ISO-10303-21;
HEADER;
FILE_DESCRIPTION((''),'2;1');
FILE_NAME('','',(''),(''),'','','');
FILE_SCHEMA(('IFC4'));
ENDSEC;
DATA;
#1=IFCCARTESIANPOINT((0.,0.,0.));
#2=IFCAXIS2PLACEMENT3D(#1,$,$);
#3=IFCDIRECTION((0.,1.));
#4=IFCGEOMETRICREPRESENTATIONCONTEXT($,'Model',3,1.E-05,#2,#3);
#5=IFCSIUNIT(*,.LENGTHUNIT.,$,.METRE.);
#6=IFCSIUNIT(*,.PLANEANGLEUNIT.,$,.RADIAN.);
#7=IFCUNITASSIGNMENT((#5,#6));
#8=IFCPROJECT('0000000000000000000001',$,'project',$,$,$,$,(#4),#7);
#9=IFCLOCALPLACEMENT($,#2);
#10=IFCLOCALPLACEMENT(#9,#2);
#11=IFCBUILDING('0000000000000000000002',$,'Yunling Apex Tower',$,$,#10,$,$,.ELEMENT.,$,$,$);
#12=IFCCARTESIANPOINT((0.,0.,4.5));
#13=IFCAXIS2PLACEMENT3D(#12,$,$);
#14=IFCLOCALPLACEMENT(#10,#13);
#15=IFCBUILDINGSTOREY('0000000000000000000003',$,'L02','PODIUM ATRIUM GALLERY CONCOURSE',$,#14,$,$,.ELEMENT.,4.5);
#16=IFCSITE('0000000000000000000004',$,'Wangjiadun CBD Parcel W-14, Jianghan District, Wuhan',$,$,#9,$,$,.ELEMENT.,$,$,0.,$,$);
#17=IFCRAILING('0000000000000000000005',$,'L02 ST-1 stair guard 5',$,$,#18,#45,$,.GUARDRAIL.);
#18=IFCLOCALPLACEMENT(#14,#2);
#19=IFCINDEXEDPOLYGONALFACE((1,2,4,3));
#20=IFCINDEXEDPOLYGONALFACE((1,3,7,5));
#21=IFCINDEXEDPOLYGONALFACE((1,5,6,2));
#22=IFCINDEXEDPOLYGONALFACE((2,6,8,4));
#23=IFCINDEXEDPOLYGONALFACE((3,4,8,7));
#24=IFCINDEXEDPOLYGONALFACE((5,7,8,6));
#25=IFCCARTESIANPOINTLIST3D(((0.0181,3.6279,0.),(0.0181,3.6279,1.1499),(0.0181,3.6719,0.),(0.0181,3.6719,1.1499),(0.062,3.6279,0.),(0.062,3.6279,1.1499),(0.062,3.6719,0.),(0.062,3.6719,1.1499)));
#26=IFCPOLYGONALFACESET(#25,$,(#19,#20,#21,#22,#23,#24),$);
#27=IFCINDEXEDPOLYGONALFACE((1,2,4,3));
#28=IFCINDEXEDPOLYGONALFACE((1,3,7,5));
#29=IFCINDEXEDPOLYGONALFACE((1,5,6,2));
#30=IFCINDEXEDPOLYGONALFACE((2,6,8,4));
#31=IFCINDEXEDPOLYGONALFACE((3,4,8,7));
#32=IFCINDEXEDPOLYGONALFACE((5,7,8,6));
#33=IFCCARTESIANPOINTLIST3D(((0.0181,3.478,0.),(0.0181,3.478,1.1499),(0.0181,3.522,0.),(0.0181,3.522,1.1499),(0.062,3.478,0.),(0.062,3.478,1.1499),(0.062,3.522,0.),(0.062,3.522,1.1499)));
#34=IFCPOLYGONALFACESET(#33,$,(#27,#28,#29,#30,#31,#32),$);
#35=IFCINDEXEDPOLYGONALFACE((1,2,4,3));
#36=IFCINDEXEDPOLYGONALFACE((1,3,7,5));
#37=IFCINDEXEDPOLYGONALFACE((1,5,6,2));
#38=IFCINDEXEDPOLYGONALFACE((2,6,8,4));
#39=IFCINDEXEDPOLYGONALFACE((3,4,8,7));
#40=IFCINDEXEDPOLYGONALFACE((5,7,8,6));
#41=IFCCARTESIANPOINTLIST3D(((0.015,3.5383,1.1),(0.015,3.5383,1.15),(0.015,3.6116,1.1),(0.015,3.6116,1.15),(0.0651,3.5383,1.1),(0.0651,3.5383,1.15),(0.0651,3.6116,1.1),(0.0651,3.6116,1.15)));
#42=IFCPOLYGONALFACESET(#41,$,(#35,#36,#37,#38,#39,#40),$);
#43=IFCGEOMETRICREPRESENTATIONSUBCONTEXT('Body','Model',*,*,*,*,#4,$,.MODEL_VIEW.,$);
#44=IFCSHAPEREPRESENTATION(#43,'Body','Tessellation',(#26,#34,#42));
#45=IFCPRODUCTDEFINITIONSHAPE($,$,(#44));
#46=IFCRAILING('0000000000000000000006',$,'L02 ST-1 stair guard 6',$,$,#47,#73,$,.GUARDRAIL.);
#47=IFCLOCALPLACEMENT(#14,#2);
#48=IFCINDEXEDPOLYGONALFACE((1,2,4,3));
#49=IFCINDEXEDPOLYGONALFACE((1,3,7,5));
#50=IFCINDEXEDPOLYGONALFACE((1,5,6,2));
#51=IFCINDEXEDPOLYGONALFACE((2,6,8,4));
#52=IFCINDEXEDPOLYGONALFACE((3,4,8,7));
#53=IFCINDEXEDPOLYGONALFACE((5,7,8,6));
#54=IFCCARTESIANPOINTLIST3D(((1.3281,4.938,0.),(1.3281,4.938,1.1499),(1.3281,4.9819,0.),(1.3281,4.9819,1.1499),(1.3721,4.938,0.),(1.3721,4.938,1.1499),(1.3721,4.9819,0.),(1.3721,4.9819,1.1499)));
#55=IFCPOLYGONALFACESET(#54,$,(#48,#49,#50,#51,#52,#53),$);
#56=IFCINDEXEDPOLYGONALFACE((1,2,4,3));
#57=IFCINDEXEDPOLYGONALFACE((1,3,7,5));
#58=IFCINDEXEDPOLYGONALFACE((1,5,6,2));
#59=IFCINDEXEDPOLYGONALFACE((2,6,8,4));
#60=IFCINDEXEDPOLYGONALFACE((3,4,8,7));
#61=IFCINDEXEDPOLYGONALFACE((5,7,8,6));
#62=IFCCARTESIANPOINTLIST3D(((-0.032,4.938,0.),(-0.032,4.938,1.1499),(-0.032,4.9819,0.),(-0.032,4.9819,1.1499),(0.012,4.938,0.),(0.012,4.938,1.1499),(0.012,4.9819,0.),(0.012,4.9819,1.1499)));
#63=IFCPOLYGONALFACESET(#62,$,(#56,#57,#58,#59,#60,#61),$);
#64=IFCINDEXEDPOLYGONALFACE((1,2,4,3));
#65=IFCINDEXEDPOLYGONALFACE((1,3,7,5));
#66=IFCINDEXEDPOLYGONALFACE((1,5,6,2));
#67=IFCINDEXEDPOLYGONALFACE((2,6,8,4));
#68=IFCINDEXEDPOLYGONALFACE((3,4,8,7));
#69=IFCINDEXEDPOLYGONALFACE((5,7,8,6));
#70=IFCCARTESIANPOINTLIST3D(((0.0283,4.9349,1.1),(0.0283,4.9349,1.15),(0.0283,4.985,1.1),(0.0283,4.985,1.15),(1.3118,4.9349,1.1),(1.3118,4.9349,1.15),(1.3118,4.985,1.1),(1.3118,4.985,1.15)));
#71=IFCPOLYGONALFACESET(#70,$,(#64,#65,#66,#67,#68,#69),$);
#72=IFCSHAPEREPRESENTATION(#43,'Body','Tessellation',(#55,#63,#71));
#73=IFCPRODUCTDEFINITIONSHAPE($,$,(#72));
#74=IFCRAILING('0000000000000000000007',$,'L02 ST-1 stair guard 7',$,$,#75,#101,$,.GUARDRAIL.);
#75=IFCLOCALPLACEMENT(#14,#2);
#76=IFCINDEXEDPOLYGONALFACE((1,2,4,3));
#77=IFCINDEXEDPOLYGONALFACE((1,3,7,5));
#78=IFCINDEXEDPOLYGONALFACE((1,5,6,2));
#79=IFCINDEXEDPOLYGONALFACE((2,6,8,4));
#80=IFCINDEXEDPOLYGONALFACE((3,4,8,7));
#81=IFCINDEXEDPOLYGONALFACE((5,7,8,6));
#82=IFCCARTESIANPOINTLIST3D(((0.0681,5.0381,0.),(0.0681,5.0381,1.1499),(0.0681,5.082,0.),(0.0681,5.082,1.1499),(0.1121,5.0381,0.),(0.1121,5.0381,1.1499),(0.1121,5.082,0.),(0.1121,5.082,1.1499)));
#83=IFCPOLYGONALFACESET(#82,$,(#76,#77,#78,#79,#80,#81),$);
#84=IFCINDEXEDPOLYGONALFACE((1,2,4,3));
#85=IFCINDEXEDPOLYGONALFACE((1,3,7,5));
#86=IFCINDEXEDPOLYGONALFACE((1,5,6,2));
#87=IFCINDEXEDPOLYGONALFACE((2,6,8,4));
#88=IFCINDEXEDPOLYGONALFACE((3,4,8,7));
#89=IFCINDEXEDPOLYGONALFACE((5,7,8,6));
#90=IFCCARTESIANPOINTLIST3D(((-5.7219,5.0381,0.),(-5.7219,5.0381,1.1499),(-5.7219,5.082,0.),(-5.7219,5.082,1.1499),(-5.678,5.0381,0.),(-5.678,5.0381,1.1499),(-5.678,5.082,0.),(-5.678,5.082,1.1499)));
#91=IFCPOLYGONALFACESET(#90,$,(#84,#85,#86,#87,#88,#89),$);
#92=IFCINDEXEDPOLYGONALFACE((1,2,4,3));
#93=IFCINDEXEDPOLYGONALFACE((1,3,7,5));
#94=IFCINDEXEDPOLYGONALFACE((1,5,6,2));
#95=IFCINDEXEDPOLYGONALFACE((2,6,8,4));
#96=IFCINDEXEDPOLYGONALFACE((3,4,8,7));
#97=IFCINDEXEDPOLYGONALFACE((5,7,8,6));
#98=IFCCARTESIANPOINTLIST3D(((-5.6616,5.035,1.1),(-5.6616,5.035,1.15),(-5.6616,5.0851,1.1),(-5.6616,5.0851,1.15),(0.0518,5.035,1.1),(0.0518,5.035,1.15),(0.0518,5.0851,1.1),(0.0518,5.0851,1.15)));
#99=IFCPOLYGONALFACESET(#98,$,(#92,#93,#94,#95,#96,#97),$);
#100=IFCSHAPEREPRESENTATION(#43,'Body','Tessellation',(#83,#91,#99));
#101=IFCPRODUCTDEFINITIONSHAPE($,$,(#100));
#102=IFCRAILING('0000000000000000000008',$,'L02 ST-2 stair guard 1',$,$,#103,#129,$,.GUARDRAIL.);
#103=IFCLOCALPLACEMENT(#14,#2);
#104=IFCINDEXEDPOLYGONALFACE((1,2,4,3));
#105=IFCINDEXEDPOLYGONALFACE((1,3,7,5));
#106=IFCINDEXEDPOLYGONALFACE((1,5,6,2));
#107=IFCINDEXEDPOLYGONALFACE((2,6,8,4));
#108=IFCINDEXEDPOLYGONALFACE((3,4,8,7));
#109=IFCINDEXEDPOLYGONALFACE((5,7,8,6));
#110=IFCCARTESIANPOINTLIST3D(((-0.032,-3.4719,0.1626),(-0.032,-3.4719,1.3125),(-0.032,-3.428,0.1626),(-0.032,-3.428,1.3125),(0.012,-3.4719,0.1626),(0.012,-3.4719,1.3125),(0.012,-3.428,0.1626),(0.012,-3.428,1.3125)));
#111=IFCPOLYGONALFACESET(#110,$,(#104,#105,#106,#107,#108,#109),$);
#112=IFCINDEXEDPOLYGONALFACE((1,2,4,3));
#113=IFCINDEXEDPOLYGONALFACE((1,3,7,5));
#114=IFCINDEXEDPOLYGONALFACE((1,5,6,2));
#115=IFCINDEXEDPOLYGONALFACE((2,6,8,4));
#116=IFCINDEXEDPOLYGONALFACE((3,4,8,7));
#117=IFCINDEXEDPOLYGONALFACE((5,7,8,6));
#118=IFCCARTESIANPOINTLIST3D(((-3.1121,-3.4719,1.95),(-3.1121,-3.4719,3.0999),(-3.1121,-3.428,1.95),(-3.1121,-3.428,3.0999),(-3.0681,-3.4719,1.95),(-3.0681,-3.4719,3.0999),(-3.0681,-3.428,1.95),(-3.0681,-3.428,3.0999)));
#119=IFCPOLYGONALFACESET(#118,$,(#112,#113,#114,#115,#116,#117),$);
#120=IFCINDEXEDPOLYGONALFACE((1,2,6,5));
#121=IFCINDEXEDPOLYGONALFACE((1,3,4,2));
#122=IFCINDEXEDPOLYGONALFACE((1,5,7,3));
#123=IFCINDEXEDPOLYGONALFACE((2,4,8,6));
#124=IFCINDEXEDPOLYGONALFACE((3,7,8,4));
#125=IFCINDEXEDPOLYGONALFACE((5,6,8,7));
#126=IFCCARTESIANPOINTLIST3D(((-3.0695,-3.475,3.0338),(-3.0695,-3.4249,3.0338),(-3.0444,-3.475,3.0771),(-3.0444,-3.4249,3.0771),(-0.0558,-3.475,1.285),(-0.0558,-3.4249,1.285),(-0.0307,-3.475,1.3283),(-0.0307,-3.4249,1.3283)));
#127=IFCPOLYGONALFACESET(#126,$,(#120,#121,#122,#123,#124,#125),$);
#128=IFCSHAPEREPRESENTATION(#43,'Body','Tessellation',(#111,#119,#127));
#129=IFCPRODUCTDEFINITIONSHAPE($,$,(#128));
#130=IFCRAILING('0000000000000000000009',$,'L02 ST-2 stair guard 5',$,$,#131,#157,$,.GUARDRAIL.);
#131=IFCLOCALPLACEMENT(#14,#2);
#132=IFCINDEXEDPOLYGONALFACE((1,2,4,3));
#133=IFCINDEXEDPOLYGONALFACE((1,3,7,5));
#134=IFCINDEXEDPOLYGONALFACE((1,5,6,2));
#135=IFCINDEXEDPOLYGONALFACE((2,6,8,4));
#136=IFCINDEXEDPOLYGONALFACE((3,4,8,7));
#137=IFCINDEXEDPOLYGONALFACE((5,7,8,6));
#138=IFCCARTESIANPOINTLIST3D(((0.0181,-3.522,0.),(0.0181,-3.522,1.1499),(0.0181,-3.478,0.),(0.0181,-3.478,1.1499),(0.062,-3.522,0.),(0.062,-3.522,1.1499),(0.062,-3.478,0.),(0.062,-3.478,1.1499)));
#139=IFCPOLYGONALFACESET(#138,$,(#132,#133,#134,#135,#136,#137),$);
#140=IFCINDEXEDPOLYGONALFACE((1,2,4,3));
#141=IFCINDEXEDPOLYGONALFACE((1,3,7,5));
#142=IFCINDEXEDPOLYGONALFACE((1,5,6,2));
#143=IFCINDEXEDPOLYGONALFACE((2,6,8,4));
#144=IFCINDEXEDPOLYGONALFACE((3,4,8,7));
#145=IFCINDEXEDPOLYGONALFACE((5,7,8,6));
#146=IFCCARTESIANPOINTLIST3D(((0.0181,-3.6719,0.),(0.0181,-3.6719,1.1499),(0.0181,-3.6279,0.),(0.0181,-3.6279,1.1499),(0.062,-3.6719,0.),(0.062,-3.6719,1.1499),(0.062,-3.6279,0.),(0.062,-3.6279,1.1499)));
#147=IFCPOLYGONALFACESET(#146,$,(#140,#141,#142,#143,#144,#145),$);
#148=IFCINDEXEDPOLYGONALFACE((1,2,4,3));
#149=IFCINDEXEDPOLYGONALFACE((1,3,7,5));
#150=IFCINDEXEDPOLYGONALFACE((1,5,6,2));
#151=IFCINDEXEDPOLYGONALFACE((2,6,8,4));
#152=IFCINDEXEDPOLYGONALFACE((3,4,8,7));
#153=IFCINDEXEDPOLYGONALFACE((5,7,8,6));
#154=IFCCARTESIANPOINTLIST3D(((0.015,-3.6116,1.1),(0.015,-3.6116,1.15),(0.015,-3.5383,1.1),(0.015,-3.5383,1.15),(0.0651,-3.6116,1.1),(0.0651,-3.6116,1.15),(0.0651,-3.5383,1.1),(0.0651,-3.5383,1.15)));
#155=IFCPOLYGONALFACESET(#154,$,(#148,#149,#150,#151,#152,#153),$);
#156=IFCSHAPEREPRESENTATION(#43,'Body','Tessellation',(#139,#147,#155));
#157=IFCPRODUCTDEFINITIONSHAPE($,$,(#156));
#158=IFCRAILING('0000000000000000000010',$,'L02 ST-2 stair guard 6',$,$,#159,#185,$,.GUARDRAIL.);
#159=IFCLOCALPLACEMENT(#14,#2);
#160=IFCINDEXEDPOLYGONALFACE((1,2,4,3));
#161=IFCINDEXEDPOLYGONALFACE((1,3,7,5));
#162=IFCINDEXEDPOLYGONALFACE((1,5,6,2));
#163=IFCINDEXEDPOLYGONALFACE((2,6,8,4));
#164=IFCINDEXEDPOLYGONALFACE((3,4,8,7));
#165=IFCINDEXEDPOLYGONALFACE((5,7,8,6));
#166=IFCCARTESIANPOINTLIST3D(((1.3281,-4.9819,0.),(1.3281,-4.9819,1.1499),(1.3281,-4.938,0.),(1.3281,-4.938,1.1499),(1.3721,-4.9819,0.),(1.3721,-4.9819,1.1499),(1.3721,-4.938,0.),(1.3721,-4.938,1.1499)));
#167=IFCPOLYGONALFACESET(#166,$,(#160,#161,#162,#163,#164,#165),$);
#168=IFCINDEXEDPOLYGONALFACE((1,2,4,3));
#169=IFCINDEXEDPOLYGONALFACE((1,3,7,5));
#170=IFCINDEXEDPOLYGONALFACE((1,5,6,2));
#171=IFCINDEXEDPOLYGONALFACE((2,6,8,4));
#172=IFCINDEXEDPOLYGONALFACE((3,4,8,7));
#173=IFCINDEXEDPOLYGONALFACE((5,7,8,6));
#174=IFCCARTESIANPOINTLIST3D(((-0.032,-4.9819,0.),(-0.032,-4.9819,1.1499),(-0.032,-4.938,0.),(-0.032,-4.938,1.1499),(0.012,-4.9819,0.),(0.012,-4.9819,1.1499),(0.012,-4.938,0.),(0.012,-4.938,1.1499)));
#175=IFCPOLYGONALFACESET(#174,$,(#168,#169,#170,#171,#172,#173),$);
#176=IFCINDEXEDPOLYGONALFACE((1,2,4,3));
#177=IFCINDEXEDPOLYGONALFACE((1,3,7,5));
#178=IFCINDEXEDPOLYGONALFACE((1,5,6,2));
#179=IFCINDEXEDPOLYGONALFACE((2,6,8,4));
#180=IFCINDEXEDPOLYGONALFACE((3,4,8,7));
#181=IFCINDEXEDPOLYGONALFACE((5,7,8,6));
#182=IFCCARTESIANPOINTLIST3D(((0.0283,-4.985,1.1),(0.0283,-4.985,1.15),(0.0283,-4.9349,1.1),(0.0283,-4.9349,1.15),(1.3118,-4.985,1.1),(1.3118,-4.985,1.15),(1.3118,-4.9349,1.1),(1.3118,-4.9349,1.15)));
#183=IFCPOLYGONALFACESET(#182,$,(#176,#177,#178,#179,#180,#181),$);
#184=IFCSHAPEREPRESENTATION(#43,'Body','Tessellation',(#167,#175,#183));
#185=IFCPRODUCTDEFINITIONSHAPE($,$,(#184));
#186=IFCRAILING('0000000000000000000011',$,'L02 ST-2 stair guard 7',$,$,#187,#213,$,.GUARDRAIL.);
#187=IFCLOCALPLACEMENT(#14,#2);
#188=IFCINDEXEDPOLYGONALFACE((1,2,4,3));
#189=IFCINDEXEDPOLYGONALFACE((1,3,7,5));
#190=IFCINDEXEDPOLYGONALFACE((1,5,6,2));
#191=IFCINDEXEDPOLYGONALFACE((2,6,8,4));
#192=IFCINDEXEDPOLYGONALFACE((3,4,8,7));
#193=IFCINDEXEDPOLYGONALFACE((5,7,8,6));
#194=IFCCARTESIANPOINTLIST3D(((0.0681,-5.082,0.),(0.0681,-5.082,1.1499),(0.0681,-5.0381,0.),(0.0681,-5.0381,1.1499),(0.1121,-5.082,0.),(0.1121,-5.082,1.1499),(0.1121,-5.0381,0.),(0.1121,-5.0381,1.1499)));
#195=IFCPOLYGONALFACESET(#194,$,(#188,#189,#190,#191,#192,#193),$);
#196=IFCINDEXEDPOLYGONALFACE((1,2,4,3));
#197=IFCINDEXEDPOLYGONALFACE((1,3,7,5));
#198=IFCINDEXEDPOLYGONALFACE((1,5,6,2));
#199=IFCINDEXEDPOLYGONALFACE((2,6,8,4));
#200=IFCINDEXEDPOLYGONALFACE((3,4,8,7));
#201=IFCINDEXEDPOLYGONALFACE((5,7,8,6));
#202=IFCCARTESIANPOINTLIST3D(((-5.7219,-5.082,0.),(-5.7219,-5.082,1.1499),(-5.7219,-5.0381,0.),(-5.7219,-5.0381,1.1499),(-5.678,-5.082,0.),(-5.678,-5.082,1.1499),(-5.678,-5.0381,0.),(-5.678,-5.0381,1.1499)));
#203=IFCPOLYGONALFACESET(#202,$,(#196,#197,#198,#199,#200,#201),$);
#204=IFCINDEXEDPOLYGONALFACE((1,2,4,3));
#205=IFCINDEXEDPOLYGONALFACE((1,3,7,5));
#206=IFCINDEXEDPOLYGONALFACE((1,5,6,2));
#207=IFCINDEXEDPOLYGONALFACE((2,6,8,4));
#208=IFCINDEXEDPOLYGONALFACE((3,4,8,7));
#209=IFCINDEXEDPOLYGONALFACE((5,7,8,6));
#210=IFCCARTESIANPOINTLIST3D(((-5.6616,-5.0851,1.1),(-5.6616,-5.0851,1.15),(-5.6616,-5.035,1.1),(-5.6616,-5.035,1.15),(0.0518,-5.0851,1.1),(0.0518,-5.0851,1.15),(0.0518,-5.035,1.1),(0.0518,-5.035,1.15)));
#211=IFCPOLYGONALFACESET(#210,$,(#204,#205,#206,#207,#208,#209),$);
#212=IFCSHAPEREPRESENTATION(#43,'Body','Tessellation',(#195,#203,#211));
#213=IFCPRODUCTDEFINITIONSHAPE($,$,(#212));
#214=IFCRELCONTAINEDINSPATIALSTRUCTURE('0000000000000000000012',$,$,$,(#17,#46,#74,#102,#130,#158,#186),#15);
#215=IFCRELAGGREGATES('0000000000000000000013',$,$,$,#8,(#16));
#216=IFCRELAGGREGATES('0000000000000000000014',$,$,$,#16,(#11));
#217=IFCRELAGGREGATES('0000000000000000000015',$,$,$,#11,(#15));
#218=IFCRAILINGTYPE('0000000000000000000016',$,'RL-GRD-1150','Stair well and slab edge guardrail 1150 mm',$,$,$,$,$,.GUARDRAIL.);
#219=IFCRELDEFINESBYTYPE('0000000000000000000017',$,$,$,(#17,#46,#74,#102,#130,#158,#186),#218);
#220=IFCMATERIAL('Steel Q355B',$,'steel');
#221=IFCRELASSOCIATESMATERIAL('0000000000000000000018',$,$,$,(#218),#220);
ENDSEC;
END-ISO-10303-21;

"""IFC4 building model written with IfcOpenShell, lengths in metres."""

from ifc_helpers import new_model, si_unit, direction, frame, origin, origin_2d, place, context, subcontext, project, spatial, rectangle, extrude, material, type_object, element, save


model = new_model("IFC4")

# Units and contexts
model_context = context("Model", 3, precision=1e-05, world=origin(), true_north=direction((0.0, 1.0)))
body_context = subcontext(model_context, "Body", "Model", "MODEL_VIEW")
ifc_project = project(units=[si_unit("LENGTHUNIT", "METRE"), si_unit("PLANEANGLEUNIT", "RADIAN")], contexts=[model_context])

# Site, building, storey
site_placement = place(None, origin())
site = spatial("IfcSite", under=ifc_project, at=site_placement, Name="Wangjiadun CBD Parcel W-14, Jianghan District, Wuhan", CompositionType="ELEMENT", RefElevation=0.0)
building_placement = place(site_placement, origin())
building = spatial("IfcBuilding", under=site, at=building_placement, Name="Yunling Apex Tower", CompositionType="ELEMENT")
storey_placement = place(building_placement, frame((0.0, 0.0, 4.5)))
storey = spatial("IfcBuildingStorey", under=building, at=storey_placement, Name="L02", Description="PODIUM ATRIUM GALLERY CONCOURSE", CompositionType="ELEMENT", Elevation=4.5)

# Shared definitions
ifc_material_1 = material(Name="Steel Q355B", Category="steel")

# Railings
railing_type_1 = type_object("IfcRailingType", Name="RL-GRD-1150", Description="Stair well and slab edge guardrail 1150 mm", PredefinedType="GUARDRAIL", material=ifc_material_1)
railing_1_placement = place(storey_placement, frame((0.04, 3.6499, 0.0)))
element("IfcRailing", 1, at=railing_1_placement, inside=storey, type_object=railing_type_1, Name="L02 ST-1 stair guard 5", PredefinedType="GUARDRAIL", context=body_context, shape_type="SweptSolid", body=[
    extrude(rectangle(XDim=0.0439, YDim=0.0439, at=origin_2d()), origin(), (0.0, 0.0, 1.0), 1.1499),
    extrude(rectangle(XDim=0.0439, YDim=0.0439, at=origin_2d()), frame((0.0, -0.1499, 0.0)), (0.0, 0.0, 1.0), 1.1499),
    extrude(rectangle(XDim=0.05, YDim=0.05, at=origin_2d()), frame((0.0, -0.0383, 1.125), z_axis=(0.0, -1.0, 0.0), x_axis=(1.0, 0.0, 0.0)), (0.0, 0.0, 1.0), 0.0732),
])
railing_2_placement = place(storey_placement, frame((1.3501, 4.96, 0.0)))
element("IfcRailing", 2, at=railing_2_placement, inside=storey, type_object=railing_type_1, Name="L02 ST-1 stair guard 6", PredefinedType="GUARDRAIL", context=body_context, shape_type="SweptSolid", body=[
    extrude(rectangle(XDim=0.0439, YDim=0.0439, at=origin_2d()), origin(), (0.0, 0.0, 1.0), 1.1499),
    extrude(rectangle(XDim=0.0439, YDim=0.0439, at=origin_2d()), frame((-1.3601, 0.0, 0.0)), (0.0, 0.0, 1.0), 1.1499),
    extrude(rectangle(XDim=0.05, YDim=0.05, at=origin_2d()), frame((-0.0383, 0.0, 1.125), z_axis=(-1.0, 0.0, 0.0), x_axis=(0.0, -1.0, 0.0)), (0.0, 0.0, 1.0), 1.2834),
])
railing_3_placement = place(storey_placement, frame((0.0901, 5.0601, 0.0)))
element("IfcRailing", 3, at=railing_3_placement, inside=storey, type_object=railing_type_1, Name="L02 ST-1 stair guard 7", PredefinedType="GUARDRAIL", context=body_context, shape_type="SweptSolid", body=[
    extrude(rectangle(XDim=0.0439, YDim=0.0439, at=origin_2d()), origin(), (0.0, 0.0, 1.0), 1.1499),
    extrude(rectangle(XDim=0.0439, YDim=0.0439, at=origin_2d()), frame((-5.79, 0.0, 0.0)), (0.0, 0.0, 1.0), 1.1499),
    extrude(rectangle(XDim=0.05, YDim=0.05, at=origin_2d()), frame((-0.0383, 0.0, 1.125), z_axis=(-1.0, 0.0, 0.0), x_axis=(0.0, -1.0, 0.0)), (0.0, 0.0, 1.0), 5.7134),
])
railing_4_placement = place(storey_placement, frame((-0.01, -3.45, 0.1626)))
element("IfcRailing", 4, at=railing_4_placement, inside=storey, type_object=railing_type_1, Name="L02 ST-2 stair guard 1", PredefinedType="GUARDRAIL", context=body_context, shape_type="SweptSolid", body=[
    extrude(rectangle(XDim=0.0439, YDim=0.0439, at=origin_2d()), origin(), (0.0, 0.0, 1.0), 1.1499),
    extrude(rectangle(XDim=0.0439, YDim=0.0439, at=origin_2d()), frame((-3.0801, 0.0, 1.7874)), (0.0, 0.0, 1.0), 1.1499),
    extrude(rectangle(XDim=0.05, YDim=0.05, at=origin_2d()), frame((-0.0332, 0.0, 1.144), z_axis=(-0.86492, 0.0, 0.501909), x_axis=(0.0, -1.0, 0.0)), (0.0, 0.0, 1.0), 3.4844),
])
railing_5_placement = place(storey_placement, frame((0.04, -3.5, 0.0)))
element("IfcRailing", 5, at=railing_5_placement, inside=storey, type_object=railing_type_1, Name="L02 ST-2 stair guard 5", PredefinedType="GUARDRAIL", context=body_context, shape_type="SweptSolid", body=[
    extrude(rectangle(XDim=0.0439, YDim=0.0439, at=origin_2d()), origin(), (0.0, 0.0, 1.0), 1.1499),
    extrude(rectangle(XDim=0.0439, YDim=0.0439, at=origin_2d()), frame((0.0, -0.1499, 0.0)), (0.0, 0.0, 1.0), 1.1499),
    extrude(rectangle(XDim=0.05, YDim=0.05, at=origin_2d()), frame((0.0, -0.0383, 1.125), z_axis=(0.0, -1.0, 0.0), x_axis=(1.0, 0.0, 0.0)), (0.0, 0.0, 1.0), 0.0732),
])
railing_6_placement = place(storey_placement, frame((1.3501, -4.96, 0.0)))
element("IfcRailing", 6, at=railing_6_placement, inside=storey, type_object=railing_type_1, Name="L02 ST-2 stair guard 6", PredefinedType="GUARDRAIL", context=body_context, shape_type="SweptSolid", body=[
    extrude(rectangle(XDim=0.0439, YDim=0.0439, at=origin_2d()), origin(), (0.0, 0.0, 1.0), 1.1499),
    extrude(rectangle(XDim=0.0439, YDim=0.0439, at=origin_2d()), frame((-1.3601, 0.0, 0.0)), (0.0, 0.0, 1.0), 1.1499),
    extrude(rectangle(XDim=0.05, YDim=0.05, at=origin_2d()), frame((-0.0383, 0.0, 1.125), z_axis=(-1.0, 0.0, 0.0), x_axis=(0.0, -1.0, 0.0)), (0.0, 0.0, 1.0), 1.2834),
])
railing_7_placement = place(storey_placement, frame((0.0901, -5.0601, 0.0)))
element("IfcRailing", 7, at=railing_7_placement, inside=storey, type_object=railing_type_1, Name="L02 ST-2 stair guard 7", PredefinedType="GUARDRAIL", context=body_context, shape_type="SweptSolid", body=[
    extrude(rectangle(XDim=0.0439, YDim=0.0439, at=origin_2d()), origin(), (0.0, 0.0, 1.0), 1.1499),
    extrude(rectangle(XDim=0.0439, YDim=0.0439, at=origin_2d()), frame((-5.79, 0.0, 0.0)), (0.0, 0.0, 1.0), 1.1499),
    extrude(rectangle(XDim=0.05, YDim=0.05, at=origin_2d()), frame((-0.0383, 0.0, 1.125), z_axis=(-1.0, 0.0, 0.0), x_axis=(0.0, -1.0, 0.0)), (0.0, 0.0, 1.0), 5.7134),
])

save(model, "model.ifc")
